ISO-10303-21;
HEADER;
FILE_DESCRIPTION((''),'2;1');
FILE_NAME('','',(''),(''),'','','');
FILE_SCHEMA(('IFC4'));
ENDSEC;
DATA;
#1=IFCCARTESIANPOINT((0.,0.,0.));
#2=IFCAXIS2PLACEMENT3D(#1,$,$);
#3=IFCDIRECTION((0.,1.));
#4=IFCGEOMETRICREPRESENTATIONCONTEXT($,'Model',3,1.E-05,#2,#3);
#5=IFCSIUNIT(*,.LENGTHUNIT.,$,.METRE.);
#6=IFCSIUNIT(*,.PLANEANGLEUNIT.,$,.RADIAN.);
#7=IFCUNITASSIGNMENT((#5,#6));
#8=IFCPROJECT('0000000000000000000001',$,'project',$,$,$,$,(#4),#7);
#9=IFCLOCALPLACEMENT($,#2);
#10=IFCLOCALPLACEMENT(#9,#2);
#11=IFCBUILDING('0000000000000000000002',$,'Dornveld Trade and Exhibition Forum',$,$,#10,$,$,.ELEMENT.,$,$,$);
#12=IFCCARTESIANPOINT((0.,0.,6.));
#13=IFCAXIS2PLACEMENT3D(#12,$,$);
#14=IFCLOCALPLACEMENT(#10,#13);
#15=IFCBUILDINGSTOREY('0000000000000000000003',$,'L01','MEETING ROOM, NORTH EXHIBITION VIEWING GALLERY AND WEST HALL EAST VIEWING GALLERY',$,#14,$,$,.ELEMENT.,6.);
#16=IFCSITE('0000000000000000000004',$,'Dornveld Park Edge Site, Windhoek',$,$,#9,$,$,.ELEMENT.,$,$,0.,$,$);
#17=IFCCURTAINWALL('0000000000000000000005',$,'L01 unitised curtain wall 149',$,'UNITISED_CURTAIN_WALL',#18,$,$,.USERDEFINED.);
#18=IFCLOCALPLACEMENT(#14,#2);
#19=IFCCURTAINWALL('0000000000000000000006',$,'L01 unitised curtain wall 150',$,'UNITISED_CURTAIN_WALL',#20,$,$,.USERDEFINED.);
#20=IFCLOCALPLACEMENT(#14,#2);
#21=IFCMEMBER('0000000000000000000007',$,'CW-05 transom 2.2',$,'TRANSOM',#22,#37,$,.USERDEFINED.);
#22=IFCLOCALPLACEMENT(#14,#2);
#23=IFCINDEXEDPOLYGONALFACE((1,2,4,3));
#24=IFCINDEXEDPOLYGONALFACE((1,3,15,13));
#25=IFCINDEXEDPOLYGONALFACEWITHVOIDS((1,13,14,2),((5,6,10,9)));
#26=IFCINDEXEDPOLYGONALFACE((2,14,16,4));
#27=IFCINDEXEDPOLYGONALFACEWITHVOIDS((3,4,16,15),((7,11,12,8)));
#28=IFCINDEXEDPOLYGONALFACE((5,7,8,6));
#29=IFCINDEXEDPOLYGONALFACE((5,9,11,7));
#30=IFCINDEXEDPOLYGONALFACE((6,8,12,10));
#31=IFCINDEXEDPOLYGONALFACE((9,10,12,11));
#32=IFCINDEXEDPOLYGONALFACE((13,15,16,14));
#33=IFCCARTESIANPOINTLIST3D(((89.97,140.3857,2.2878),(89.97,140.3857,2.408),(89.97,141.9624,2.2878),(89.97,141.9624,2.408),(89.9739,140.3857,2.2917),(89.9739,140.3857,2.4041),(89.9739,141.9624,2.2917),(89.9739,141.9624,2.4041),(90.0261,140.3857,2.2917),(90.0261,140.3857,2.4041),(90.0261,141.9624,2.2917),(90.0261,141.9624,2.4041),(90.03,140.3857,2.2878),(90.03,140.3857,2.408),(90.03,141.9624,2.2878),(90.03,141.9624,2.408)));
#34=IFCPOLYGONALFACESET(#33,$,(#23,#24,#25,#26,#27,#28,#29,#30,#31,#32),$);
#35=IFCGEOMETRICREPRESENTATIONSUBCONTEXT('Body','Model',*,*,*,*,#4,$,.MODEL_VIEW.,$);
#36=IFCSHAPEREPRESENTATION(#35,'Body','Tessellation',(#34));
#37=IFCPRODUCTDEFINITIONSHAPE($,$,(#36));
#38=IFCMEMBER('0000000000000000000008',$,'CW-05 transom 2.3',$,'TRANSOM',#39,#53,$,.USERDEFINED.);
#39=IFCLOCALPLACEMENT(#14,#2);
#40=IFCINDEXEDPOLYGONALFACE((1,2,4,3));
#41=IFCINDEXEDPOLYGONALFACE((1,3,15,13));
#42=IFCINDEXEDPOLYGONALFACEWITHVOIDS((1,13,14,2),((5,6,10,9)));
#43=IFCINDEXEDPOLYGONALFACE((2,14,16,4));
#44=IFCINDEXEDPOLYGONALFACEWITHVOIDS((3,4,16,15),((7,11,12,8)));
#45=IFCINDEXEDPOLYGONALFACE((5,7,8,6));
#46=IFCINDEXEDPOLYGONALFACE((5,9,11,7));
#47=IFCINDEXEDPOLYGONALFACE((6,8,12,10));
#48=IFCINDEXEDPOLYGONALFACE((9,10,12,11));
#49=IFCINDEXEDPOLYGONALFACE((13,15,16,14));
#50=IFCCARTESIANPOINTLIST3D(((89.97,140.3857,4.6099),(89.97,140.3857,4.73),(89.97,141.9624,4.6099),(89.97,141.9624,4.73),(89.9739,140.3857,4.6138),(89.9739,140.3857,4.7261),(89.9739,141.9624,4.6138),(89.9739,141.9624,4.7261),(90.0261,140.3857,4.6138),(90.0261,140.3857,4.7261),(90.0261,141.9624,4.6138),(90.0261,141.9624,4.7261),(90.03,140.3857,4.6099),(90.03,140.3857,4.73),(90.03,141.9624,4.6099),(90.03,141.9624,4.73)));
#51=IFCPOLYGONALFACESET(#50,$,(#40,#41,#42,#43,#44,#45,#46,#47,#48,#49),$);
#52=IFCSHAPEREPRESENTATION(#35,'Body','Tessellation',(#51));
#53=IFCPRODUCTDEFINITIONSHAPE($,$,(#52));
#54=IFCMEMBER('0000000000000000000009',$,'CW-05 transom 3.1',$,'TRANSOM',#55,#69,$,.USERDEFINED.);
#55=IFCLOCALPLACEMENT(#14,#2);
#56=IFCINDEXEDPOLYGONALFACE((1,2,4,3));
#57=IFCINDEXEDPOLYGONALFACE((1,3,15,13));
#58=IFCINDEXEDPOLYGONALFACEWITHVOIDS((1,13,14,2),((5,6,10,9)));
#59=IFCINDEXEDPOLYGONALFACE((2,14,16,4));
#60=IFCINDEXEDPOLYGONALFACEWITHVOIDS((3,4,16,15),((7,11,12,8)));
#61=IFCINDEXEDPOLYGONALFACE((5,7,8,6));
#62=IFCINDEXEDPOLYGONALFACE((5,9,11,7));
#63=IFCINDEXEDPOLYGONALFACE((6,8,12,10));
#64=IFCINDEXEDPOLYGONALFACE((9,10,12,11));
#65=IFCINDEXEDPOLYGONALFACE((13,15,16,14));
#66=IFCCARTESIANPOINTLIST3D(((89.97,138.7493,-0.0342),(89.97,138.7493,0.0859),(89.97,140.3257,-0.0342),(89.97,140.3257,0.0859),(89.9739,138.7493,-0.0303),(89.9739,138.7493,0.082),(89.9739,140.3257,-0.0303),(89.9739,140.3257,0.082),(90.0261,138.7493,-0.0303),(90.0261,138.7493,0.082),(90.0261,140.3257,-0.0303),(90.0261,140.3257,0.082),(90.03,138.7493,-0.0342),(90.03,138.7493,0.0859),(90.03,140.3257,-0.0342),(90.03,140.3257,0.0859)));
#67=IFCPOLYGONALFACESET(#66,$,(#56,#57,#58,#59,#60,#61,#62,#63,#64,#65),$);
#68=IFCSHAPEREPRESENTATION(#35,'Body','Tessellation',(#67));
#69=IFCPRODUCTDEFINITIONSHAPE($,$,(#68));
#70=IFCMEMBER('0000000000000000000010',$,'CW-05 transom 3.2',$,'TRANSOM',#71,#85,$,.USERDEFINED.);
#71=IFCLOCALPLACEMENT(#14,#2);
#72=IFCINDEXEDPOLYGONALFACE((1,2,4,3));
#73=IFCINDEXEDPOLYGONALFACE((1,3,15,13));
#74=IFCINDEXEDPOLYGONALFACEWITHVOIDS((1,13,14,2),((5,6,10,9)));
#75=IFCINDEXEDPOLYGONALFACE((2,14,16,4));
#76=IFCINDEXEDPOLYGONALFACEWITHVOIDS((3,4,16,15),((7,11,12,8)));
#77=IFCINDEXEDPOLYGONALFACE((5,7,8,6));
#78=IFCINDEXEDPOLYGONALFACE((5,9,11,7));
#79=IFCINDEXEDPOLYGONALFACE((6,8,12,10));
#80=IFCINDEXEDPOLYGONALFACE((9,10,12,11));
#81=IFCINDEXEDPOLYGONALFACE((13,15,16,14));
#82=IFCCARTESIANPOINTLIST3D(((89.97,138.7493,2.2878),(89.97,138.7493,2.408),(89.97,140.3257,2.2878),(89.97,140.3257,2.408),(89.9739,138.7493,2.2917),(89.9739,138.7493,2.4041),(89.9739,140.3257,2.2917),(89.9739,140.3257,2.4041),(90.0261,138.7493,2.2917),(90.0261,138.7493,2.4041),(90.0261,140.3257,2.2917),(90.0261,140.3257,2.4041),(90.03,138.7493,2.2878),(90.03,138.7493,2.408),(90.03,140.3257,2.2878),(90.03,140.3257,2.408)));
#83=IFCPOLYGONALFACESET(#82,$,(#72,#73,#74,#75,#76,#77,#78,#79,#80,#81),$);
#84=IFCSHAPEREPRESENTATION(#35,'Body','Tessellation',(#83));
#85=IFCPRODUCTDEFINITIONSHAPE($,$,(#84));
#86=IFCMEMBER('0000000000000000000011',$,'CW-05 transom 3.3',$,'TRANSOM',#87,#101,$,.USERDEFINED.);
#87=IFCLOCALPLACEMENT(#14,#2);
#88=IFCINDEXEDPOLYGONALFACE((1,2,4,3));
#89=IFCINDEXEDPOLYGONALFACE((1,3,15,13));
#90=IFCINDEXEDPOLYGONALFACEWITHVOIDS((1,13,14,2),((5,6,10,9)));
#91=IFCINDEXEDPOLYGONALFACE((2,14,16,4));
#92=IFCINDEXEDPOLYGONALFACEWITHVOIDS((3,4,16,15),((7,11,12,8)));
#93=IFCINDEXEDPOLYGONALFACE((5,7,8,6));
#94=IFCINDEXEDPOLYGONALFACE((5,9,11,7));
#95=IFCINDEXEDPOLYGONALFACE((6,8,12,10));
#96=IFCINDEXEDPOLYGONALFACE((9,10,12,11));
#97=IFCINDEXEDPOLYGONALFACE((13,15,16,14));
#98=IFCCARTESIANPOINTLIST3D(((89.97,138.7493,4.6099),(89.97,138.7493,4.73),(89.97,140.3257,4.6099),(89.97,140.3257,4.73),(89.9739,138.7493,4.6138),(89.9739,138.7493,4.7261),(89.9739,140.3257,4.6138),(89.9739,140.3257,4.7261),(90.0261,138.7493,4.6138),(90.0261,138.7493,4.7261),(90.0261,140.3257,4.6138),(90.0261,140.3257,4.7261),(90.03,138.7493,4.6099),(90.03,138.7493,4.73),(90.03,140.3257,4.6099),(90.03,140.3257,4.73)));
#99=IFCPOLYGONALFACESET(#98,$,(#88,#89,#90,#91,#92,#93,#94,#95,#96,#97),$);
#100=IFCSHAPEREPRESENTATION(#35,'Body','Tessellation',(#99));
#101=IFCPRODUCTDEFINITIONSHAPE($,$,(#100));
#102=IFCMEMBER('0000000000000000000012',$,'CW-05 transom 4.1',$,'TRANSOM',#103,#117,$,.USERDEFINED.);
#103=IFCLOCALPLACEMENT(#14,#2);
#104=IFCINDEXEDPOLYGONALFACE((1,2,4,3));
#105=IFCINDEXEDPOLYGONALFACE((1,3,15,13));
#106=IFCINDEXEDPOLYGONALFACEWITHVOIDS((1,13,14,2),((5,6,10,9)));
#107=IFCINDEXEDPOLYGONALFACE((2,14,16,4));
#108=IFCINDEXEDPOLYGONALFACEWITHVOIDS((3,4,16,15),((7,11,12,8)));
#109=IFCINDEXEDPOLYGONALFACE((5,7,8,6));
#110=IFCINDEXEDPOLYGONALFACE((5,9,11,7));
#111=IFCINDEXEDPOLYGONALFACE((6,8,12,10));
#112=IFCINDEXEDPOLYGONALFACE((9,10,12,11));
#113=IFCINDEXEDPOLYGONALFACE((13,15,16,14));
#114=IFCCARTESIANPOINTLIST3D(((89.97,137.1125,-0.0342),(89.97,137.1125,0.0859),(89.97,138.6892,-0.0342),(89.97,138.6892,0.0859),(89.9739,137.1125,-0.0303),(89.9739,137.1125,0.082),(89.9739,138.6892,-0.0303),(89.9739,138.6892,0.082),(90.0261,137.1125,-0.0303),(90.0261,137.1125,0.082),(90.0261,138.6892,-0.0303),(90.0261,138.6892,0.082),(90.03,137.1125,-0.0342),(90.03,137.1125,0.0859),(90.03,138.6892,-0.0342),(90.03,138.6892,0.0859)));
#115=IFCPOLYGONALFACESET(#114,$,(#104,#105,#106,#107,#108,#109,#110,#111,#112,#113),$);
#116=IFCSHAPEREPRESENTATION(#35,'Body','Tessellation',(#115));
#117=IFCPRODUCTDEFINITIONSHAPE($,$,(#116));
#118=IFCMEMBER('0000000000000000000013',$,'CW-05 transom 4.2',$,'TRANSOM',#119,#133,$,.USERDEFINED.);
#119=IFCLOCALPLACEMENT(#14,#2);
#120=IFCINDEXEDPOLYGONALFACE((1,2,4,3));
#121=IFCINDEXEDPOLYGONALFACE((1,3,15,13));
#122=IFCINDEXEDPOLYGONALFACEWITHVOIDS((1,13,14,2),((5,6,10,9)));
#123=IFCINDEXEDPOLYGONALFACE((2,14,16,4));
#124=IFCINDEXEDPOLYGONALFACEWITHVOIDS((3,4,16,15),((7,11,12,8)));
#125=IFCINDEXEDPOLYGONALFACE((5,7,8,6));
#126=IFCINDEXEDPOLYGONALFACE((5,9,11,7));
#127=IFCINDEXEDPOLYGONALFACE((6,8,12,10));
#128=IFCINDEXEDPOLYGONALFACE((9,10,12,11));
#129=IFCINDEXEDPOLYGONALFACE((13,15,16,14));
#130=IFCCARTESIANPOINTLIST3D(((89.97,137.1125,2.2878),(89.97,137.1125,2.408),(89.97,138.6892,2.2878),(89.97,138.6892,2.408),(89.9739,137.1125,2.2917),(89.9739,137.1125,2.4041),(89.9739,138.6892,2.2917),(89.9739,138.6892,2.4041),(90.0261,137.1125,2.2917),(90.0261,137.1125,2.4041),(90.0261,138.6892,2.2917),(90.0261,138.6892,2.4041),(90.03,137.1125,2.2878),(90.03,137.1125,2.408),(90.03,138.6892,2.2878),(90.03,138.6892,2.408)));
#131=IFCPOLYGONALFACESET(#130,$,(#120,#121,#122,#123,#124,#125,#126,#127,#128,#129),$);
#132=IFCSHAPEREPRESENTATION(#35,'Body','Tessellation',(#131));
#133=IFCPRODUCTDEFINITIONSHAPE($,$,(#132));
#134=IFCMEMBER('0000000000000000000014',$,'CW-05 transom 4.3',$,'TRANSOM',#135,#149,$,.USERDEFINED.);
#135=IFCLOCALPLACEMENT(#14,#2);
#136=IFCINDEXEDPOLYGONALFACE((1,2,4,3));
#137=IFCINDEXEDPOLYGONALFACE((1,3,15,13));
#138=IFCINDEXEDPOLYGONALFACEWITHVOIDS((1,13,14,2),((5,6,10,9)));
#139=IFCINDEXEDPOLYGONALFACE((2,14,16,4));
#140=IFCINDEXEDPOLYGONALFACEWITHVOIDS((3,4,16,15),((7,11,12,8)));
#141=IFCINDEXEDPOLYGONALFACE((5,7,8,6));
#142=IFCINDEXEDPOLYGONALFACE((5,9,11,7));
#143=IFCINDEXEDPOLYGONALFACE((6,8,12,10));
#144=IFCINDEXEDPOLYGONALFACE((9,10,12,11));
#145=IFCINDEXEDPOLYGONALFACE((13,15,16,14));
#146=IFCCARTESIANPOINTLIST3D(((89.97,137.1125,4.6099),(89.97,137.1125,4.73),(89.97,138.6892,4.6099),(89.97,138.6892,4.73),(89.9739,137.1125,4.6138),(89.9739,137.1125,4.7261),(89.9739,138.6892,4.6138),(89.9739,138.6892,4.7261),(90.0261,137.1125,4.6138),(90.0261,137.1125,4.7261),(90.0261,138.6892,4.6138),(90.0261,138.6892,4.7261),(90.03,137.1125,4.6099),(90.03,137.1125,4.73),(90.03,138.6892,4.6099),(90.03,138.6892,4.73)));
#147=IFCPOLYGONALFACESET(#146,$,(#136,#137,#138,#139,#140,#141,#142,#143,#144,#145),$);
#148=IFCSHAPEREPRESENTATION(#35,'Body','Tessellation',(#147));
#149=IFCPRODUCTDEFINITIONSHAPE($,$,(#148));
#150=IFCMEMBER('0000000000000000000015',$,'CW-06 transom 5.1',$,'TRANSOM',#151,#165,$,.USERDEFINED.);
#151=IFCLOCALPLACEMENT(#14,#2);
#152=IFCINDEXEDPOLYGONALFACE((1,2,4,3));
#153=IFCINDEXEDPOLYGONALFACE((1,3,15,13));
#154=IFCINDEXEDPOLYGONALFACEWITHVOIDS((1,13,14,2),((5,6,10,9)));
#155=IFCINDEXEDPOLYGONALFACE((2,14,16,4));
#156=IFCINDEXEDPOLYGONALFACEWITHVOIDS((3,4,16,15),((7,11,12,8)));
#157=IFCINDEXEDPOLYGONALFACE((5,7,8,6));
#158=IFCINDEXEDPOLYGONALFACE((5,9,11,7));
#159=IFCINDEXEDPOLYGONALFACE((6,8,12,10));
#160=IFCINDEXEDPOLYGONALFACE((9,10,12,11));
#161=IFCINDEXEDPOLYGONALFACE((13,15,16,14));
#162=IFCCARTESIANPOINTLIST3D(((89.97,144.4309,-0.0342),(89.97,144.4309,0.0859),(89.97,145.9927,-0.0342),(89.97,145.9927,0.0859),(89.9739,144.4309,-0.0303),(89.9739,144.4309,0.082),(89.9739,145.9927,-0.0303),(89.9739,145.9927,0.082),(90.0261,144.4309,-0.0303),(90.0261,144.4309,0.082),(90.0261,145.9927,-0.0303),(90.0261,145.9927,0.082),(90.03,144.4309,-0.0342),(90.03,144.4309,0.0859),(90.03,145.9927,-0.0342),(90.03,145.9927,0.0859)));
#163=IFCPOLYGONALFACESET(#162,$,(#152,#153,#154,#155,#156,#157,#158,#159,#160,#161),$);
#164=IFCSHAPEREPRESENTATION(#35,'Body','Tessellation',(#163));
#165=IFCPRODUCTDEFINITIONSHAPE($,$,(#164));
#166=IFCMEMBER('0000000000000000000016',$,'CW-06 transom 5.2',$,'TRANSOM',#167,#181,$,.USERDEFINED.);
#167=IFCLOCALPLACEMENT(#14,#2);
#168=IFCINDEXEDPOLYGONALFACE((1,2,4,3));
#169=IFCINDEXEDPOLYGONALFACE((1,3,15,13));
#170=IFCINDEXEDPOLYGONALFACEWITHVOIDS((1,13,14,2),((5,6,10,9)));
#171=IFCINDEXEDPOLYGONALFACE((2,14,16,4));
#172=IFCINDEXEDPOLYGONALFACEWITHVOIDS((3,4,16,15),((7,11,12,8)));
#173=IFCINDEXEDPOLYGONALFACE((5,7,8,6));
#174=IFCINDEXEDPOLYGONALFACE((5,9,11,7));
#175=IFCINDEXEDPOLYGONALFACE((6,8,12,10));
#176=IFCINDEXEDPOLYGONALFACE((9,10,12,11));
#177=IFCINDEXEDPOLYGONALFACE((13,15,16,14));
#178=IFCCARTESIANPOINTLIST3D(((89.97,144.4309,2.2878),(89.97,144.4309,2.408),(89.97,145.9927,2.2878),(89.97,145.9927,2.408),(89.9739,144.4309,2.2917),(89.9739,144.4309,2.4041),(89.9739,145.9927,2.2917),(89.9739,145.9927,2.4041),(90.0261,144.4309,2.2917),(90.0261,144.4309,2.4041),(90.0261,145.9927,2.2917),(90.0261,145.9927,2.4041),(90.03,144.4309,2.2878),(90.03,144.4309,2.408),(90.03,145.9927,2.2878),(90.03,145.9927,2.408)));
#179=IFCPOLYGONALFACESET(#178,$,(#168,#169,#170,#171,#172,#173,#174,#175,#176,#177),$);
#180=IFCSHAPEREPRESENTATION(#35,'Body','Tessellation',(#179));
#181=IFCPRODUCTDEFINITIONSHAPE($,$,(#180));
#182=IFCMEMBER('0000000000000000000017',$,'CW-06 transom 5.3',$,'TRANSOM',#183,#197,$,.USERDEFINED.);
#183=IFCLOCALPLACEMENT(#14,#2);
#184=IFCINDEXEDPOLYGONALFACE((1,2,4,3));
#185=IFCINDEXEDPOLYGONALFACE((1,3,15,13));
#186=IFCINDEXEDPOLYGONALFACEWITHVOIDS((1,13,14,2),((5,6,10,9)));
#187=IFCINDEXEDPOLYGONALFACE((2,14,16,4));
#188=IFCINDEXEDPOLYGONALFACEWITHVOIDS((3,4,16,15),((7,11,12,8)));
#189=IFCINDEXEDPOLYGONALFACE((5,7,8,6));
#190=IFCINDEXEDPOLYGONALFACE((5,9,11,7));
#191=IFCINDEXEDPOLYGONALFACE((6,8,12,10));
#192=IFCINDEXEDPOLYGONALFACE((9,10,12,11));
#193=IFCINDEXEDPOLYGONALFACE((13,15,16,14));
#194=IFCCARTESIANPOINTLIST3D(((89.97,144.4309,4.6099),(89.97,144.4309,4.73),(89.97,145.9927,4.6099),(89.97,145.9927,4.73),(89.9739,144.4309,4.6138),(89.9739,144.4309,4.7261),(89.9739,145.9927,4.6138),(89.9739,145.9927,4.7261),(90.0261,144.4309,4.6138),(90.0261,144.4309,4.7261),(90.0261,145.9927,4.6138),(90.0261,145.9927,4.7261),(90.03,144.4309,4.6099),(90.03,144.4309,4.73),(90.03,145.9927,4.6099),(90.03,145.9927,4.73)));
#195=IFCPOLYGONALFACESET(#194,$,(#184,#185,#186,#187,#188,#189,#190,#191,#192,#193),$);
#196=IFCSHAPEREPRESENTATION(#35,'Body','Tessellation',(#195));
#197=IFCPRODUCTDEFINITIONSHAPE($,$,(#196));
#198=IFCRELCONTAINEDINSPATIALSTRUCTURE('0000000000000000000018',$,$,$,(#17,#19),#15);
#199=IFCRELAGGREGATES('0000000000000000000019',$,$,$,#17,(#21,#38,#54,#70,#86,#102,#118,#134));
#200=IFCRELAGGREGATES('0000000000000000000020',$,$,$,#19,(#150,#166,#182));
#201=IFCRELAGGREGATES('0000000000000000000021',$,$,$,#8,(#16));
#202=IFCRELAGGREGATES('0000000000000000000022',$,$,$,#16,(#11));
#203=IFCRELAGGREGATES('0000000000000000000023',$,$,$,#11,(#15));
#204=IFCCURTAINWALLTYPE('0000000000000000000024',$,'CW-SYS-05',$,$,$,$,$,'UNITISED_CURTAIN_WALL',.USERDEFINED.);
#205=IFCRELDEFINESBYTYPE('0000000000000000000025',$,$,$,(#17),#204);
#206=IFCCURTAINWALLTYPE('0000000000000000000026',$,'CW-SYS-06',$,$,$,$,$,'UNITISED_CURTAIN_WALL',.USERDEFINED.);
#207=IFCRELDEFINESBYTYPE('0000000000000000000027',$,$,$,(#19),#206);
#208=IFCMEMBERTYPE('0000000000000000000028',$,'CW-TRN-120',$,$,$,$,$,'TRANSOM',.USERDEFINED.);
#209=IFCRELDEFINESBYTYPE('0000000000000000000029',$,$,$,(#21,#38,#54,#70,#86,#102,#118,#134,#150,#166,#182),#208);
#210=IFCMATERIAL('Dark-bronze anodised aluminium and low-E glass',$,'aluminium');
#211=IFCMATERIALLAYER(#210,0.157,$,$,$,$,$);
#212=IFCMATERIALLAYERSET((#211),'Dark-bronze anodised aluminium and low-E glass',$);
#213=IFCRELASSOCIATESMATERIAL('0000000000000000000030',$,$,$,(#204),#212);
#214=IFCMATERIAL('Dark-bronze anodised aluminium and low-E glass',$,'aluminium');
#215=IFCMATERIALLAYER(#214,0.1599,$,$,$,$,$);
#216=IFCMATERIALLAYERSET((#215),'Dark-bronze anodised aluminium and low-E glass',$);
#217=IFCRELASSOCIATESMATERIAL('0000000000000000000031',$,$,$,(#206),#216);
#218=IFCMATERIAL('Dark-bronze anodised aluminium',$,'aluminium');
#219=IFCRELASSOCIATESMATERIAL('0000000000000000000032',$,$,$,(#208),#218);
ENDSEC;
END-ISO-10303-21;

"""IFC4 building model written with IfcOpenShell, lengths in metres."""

from ifc_helpers import new_model, si_unit, direction, frame, origin, origin_2d, place, context, subcontext, project, spatial, hollow_rectangle, extrude, material, layer, layer_set, material_profile, profile_set, type_object, element, aggregate, save


model = new_model("IFC4")

# Units and contexts
model_context = context("Model", 3, precision=1e-05, world=origin(), true_north=direction((0.0, 1.0)))
body_context = subcontext(model_context, "Body", "Model", "MODEL_VIEW")
ifc_project = project(units=[si_unit("LENGTHUNIT", "METRE"), si_unit("PLANEANGLEUNIT", "RADIAN")], contexts=[model_context])

# Site, building, storey
site_placement = place(None, origin())
site = spatial("IfcSite", under=ifc_project, at=site_placement, Name="Dornveld Park Edge Site, Windhoek", CompositionType="ELEMENT", RefElevation=0.0)
building_placement = place(site_placement, origin())
building = spatial("IfcBuilding", under=site, at=building_placement, Name="Dornveld Trade and Exhibition Forum", CompositionType="ELEMENT")
storey_placement = place(building_placement, frame((0.0, 0.0, 6.0)))
storey = spatial("IfcBuildingStorey", under=building, at=storey_placement, Name="L01", Description="MEETING ROOM, NORTH EXHIBITION VIEWING GALLERY AND WEST HALL EAST VIEWING GALLERY", CompositionType="ELEMENT", Elevation=6.0)

# Curtain walls
ifc_material_1 = material(Name="Dark-bronze anodised aluminium and low-E glass", Category="aluminium")
ifc_layer_1 = layer(ifc_material_1, 0.157)
ifc_layer_set_1 = layer_set([ifc_layer_1], Name="Dark-bronze anodised aluminium and low-E glass")
curtain_wall_type_1 = type_object("IfcCurtainWallType", Name="CW-SYS-05", ElementType="UNITISED_CURTAIN_WALL", PredefinedType="USERDEFINED", material=ifc_layer_set_1)
curtain_wall_1_placement = place(storey_placement, origin())
curtain_wall_1 = element("IfcCurtainWall", 1, at=curtain_wall_1_placement, inside=storey, type_object=curtain_wall_type_1, Name="L01 unitised curtain wall 149", ObjectType="UNITISED_CURTAIN_WALL", PredefinedType="USERDEFINED")
ifc_material_2 = material(Name="Dark-bronze anodised aluminium and low-E glass", Category="aluminium")
ifc_layer_2 = layer(ifc_material_2, 0.1599)
ifc_layer_set_2 = layer_set([ifc_layer_2], Name="Dark-bronze anodised aluminium and low-E glass")
curtain_wall_type_2 = type_object("IfcCurtainWallType", Name="CW-SYS-06", ElementType="UNITISED_CURTAIN_WALL", PredefinedType="USERDEFINED", material=ifc_layer_set_2)
curtain_wall_2_placement = place(storey_placement, origin())
curtain_wall_2 = element("IfcCurtainWall", 2, at=curtain_wall_2_placement, inside=storey, type_object=curtain_wall_type_2, Name="L01 unitised curtain wall 150", ObjectType="UNITISED_CURTAIN_WALL", PredefinedType="USERDEFINED")

# Members
ifc_material_3 = material(Name="Dark-bronze anodised aluminium", Category="aluminium")
ifc_material_profile_1 = material_profile(ifc_material_3, hollow_rectangle(XDim=0.0601, YDim=0.1201, WallThickness=0.0039, at=origin_2d()), Name="RHS 120x60x4")
ifc_profile_set_1 = profile_set([ifc_material_profile_1], Name="Dark-bronze anodised aluminium")
member_type_1 = type_object("IfcMemberType", Name="CW-TRN-120", ElementType="TRANSOM", PredefinedType="USERDEFINED", material=ifc_profile_set_1)
member_1_placement = place(storey_placement, frame((90.0, 141.9624, 2.3479), z_axis=(0.0, -1.0, 0.0), x_axis=(1.0, 0.0, 0.0)))
member_1 = element("IfcMember", 3, at=member_1_placement, type_object=member_type_1, Name="CW-05 transom 2.2", ObjectType="TRANSOM", PredefinedType="USERDEFINED", context=body_context, shape_type="SweptSolid", body=[
    extrude(hollow_rectangle(XDim=0.0601, YDim=0.1201, WallThickness=0.0039, at=origin_2d()), origin(), (0.0, 0.0, 1.0), 1.5767),
])
member_2_placement = place(storey_placement, frame((90.0, 141.9624, 4.6699), z_axis=(0.0, -1.0, 0.0), x_axis=(1.0, 0.0, 0.0)))
member_2 = element("IfcMember", 4, at=member_2_placement, type_object=member_type_1, Name="CW-05 transom 2.3", ObjectType="TRANSOM", PredefinedType="USERDEFINED", context=body_context, shape_type="SweptSolid", body=[
    extrude(hollow_rectangle(XDim=0.0601, YDim=0.1201, WallThickness=0.0039, at=origin_2d()), origin(), (0.0, 0.0, 1.0), 1.5767),
])
member_3_placement = place(storey_placement, frame((90.0, 140.3257, 0.0259), z_axis=(0.0, -1.0, 0.0), x_axis=(1.0, 0.0, 0.0)))
member_3 = element("IfcMember", 5, at=member_3_placement, type_object=member_type_1, Name="CW-05 transom 3.1", ObjectType="TRANSOM", PredefinedType="USERDEFINED", context=body_context, shape_type="SweptSolid", body=[
    extrude(hollow_rectangle(XDim=0.0601, YDim=0.1201, WallThickness=0.0039, at=origin_2d()), origin(), (0.0, 0.0, 1.0), 1.5764),
])
member_4_placement = place(storey_placement, frame((90.0, 140.3257, 2.3479), z_axis=(0.0, -1.0, 0.0), x_axis=(1.0, 0.0, 0.0)))
member_4 = element("IfcMember", 6, at=member_4_placement, type_object=member_type_1, Name="CW-05 transom 3.2", ObjectType="TRANSOM", PredefinedType="USERDEFINED", context=body_context, shape_type="SweptSolid", body=[
    extrude(hollow_rectangle(XDim=0.0601, YDim=0.1201, WallThickness=0.0039, at=origin_2d()), origin(), (0.0, 0.0, 1.0), 1.5764),
])
member_5_placement = place(storey_placement, frame((90.0, 140.3257, 4.6699), z_axis=(0.0, -1.0, 0.0), x_axis=(1.0, 0.0, 0.0)))
member_5 = element("IfcMember", 7, at=member_5_placement, type_object=member_type_1, Name="CW-05 transom 3.3", ObjectType="TRANSOM", PredefinedType="USERDEFINED", context=body_context, shape_type="SweptSolid", body=[
    extrude(hollow_rectangle(XDim=0.0601, YDim=0.1201, WallThickness=0.0039, at=origin_2d()), origin(), (0.0, 0.0, 1.0), 1.5764),
])
member_6_placement = place(storey_placement, frame((90.0, 138.6892, 0.0259), z_axis=(0.0, -1.0, 0.0), x_axis=(1.0, 0.0, 0.0)))
member_6 = element("IfcMember", 8, at=member_6_placement, type_object=member_type_1, Name="CW-05 transom 4.1", ObjectType="TRANSOM", PredefinedType="USERDEFINED", context=body_context, shape_type="SweptSolid", body=[
    extrude(hollow_rectangle(XDim=0.0601, YDim=0.1201, WallThickness=0.0039, at=origin_2d()), origin(), (0.0, 0.0, 1.0), 1.5767),
])
member_7_placement = place(storey_placement, frame((90.0, 138.6892, 2.3479), z_axis=(0.0, -1.0, 0.0), x_axis=(1.0, 0.0, 0.0)))
member_7 = element("IfcMember", 9, at=member_7_placement, type_object=member_type_1, Name="CW-05 transom 4.2", ObjectType="TRANSOM", PredefinedType="USERDEFINED", context=body_context, shape_type="SweptSolid", body=[
    extrude(hollow_rectangle(XDim=0.0601, YDim=0.1201, WallThickness=0.0039, at=origin_2d()), origin(), (0.0, 0.0, 1.0), 1.5767),
])
member_8_placement = place(storey_placement, frame((90.0, 138.6892, 4.6699), z_axis=(0.0, -1.0, 0.0), x_axis=(1.0, 0.0, 0.0)))
member_8 = element("IfcMember", 10, at=member_8_placement, type_object=member_type_1, Name="CW-05 transom 4.3", ObjectType="TRANSOM", PredefinedType="USERDEFINED", context=body_context, shape_type="SweptSolid", body=[
    extrude(hollow_rectangle(XDim=0.0601, YDim=0.1201, WallThickness=0.0039, at=origin_2d()), origin(), (0.0, 0.0, 1.0), 1.5767),
])
member_9_placement = place(storey_placement, frame((90.0, 145.9927, 0.0259), z_axis=(0.0, -1.0, 0.0), x_axis=(1.0, 0.0, 0.0)))
member_9 = element("IfcMember", 11, at=member_9_placement, type_object=member_type_1, Name="CW-06 transom 5.1", ObjectType="TRANSOM", PredefinedType="USERDEFINED", context=body_context, shape_type="SweptSolid", body=[
    extrude(hollow_rectangle(XDim=0.0601, YDim=0.1201, WallThickness=0.0039, at=origin_2d()), origin(), (0.0, 0.0, 1.0), 1.5618),
])
member_10_placement = place(storey_placement, frame((90.0, 145.9927, 2.3479), z_axis=(0.0, -1.0, 0.0), x_axis=(1.0, 0.0, 0.0)))
member_10 = element("IfcMember", 12, at=member_10_placement, type_object=member_type_1, Name="CW-06 transom 5.2", ObjectType="TRANSOM", PredefinedType="USERDEFINED", context=body_context, shape_type="SweptSolid", body=[
    extrude(hollow_rectangle(XDim=0.0601, YDim=0.1201, WallThickness=0.0039, at=origin_2d()), origin(), (0.0, 0.0, 1.0), 1.5618),
])
member_11_placement = place(storey_placement, frame((90.0, 145.9927, 4.6699), z_axis=(0.0, -1.0, 0.0), x_axis=(1.0, 0.0, 0.0)))
member_11 = element("IfcMember", 13, at=member_11_placement, type_object=member_type_1, Name="CW-06 transom 5.3", ObjectType="TRANSOM", PredefinedType="USERDEFINED", context=body_context, shape_type="SweptSolid", body=[
    extrude(hollow_rectangle(XDim=0.0601, YDim=0.1201, WallThickness=0.0039, at=origin_2d()), origin(), (0.0, 0.0, 1.0), 1.5618),
])

aggregate(curtain_wall_1, [member_1, member_2, member_3, member_4, member_5, member_6, member_7, member_8])
aggregate(curtain_wall_2, [member_9, member_10, member_11])

save(model, "model.ifc")
